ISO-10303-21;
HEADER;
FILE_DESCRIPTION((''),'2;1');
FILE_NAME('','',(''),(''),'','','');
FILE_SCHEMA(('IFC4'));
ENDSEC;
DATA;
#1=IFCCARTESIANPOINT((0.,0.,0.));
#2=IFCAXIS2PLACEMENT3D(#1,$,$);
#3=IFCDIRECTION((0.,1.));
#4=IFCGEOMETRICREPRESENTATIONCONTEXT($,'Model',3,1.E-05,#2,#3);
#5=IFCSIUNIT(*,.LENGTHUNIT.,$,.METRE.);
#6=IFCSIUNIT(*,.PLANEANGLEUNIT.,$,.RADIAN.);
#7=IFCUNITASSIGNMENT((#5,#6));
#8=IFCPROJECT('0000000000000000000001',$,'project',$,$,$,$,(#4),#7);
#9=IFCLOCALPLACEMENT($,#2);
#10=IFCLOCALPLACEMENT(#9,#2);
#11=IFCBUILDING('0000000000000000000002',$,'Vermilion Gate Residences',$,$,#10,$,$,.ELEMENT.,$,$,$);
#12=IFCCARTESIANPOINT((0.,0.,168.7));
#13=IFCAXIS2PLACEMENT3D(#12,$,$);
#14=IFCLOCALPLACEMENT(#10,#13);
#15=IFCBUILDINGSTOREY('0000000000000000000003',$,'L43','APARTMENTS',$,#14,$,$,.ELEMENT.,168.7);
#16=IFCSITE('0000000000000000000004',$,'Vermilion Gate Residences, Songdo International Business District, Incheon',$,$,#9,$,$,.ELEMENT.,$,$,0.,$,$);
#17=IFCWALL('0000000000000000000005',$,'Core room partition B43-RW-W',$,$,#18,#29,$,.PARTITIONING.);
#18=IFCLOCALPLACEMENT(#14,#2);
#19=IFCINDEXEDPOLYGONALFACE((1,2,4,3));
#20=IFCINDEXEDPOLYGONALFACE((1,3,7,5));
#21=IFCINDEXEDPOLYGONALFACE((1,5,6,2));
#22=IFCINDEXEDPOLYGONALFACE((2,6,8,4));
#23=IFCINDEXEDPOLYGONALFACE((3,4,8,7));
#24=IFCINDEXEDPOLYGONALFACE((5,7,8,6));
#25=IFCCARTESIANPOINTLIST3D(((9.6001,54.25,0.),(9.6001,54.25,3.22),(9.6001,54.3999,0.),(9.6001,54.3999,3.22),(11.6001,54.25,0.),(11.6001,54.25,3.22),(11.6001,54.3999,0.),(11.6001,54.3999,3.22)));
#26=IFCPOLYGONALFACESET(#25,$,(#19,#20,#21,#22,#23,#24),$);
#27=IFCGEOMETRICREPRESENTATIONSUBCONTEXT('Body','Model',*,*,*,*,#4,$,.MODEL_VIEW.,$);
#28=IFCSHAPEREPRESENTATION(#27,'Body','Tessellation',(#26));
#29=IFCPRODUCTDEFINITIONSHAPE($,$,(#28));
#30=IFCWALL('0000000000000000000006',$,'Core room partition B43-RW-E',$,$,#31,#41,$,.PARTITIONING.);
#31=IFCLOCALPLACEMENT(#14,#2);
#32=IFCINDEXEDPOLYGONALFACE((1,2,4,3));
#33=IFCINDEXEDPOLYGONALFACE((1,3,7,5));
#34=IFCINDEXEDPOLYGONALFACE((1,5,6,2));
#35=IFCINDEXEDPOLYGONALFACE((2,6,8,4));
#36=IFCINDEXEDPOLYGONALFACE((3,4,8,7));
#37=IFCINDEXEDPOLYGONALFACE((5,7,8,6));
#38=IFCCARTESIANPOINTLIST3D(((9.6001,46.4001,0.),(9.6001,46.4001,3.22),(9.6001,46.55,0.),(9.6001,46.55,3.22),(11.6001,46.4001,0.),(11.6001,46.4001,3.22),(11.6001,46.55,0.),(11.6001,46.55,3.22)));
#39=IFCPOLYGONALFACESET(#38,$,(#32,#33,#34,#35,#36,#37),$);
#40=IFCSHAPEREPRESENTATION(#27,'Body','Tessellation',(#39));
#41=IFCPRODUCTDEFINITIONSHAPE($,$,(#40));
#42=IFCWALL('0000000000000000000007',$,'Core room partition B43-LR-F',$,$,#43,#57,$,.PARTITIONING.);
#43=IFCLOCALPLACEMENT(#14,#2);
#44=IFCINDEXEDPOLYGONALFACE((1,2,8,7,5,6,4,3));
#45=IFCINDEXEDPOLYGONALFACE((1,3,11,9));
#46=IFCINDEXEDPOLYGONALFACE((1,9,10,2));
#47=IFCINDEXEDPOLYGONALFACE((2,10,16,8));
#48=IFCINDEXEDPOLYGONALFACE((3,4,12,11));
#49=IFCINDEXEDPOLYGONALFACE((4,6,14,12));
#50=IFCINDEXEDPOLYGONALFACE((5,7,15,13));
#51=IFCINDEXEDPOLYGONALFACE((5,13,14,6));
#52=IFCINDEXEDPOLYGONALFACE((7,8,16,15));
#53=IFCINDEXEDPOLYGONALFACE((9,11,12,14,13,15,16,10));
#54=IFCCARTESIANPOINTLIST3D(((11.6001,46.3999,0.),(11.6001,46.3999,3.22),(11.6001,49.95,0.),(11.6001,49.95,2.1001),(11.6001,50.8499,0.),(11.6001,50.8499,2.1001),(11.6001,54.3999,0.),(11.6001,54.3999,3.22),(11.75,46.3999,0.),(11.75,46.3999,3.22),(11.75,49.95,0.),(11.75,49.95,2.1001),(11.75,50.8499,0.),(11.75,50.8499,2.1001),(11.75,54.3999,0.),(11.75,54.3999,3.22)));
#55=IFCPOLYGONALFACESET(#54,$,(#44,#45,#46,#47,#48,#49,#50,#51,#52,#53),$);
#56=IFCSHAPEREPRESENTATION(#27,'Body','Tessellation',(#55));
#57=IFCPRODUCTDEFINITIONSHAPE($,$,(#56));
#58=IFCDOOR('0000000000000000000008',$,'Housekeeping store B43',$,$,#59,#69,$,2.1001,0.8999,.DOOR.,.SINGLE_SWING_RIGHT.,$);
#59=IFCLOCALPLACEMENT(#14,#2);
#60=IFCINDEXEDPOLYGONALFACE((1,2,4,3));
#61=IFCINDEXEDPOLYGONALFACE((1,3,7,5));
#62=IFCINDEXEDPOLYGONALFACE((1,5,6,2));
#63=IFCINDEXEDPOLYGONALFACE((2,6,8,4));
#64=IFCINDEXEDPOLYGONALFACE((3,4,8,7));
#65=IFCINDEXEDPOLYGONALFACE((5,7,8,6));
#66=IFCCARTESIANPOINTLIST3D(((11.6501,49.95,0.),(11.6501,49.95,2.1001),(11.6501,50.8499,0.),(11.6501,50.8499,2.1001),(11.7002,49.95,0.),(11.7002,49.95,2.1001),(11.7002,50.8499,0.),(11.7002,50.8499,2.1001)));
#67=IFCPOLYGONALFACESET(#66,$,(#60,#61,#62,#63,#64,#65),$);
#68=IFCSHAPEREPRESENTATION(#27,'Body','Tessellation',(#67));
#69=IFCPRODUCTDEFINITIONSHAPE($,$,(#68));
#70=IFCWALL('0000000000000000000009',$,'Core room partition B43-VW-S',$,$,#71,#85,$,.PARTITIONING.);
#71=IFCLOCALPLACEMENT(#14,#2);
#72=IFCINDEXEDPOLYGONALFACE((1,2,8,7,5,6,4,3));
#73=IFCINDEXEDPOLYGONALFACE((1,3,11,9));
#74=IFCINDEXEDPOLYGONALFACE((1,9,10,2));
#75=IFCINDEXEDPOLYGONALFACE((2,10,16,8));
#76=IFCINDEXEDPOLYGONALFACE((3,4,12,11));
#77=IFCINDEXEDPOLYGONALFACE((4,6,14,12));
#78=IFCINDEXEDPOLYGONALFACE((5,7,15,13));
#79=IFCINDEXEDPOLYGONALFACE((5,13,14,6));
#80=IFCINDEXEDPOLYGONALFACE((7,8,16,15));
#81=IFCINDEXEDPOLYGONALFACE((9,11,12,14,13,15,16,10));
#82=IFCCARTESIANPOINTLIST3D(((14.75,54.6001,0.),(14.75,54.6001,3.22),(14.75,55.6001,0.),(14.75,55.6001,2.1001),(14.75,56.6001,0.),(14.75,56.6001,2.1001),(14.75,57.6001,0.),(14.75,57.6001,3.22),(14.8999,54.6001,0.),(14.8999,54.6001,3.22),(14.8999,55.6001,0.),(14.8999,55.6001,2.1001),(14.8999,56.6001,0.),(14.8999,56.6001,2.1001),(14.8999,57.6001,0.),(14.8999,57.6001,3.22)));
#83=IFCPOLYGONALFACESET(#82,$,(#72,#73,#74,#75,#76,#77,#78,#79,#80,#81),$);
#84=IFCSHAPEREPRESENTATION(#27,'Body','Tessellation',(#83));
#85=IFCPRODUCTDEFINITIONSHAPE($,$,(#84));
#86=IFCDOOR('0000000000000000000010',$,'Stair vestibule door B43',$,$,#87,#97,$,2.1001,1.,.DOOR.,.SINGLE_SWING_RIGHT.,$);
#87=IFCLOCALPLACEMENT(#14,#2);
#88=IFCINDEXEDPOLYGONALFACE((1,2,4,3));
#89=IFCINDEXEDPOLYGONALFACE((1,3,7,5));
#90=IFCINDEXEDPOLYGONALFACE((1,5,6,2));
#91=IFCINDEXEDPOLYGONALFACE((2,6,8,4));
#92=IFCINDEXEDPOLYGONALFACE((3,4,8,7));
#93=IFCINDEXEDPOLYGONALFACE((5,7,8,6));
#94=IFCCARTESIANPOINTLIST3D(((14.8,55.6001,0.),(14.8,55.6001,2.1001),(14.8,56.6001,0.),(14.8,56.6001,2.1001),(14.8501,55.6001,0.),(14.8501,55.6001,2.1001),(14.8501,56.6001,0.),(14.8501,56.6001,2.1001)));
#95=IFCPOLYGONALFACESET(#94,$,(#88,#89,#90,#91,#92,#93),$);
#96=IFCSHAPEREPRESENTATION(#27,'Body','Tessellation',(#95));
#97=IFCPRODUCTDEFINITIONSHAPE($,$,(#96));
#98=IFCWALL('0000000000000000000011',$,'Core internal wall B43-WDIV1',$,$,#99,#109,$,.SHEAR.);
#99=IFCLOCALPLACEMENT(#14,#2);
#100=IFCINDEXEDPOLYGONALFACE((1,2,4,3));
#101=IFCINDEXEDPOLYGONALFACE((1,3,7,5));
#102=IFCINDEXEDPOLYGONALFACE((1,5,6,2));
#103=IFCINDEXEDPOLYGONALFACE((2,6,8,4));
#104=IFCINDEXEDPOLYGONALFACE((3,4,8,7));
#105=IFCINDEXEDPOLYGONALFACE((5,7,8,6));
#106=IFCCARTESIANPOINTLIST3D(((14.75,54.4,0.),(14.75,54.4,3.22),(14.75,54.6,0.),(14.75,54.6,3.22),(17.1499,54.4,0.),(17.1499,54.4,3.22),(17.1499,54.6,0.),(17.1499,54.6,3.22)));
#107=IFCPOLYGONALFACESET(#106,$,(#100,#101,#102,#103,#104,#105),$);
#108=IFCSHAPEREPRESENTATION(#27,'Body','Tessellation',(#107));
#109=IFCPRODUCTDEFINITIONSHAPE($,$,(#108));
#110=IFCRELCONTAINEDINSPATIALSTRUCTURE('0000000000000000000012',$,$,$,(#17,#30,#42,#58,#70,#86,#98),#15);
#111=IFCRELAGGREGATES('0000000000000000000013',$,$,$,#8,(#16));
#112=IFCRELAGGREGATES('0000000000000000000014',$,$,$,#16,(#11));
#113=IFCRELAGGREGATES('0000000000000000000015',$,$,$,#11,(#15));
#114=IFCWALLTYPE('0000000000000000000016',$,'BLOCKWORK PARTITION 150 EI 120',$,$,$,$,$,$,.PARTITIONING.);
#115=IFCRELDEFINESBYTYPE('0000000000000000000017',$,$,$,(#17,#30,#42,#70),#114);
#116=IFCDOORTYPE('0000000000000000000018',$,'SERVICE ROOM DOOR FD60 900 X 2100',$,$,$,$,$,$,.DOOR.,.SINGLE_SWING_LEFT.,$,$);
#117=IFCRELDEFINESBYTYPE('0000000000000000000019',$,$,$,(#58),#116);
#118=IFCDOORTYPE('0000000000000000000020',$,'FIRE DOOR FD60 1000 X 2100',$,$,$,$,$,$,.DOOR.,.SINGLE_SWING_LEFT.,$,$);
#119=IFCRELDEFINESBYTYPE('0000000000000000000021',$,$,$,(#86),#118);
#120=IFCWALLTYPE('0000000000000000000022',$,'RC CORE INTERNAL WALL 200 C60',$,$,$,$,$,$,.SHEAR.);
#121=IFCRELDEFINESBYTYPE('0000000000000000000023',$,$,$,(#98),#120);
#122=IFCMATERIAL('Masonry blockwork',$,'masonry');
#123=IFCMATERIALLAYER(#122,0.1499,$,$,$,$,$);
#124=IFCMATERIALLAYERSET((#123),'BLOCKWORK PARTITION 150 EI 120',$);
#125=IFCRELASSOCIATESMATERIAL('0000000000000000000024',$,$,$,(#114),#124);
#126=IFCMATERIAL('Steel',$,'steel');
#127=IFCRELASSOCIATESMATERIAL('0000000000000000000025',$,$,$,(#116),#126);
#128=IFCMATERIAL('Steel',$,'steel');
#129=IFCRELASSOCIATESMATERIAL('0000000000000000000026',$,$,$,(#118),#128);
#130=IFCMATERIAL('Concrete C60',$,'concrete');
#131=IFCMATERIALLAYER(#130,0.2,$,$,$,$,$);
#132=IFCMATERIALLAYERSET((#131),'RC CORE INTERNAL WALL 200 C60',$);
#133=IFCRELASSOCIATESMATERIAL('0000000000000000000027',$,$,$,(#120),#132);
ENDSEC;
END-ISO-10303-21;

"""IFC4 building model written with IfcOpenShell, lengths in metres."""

from ifc_helpers import new_model, si_unit, direction, frame, frame_2d, origin, place, context, subcontext, project, spatial, rectangle, extrude, material, layer, layer_set, type_object, element, fill, save


model = new_model("IFC4")

# Units and contexts
model_context = context("Model", 3, precision=1e-05, world=origin(), true_north=direction((0.0, 1.0)))
body_context = subcontext(model_context, "Body", "Model", "MODEL_VIEW")
ifc_project = project(units=[si_unit("LENGTHUNIT", "METRE"), si_unit("PLANEANGLEUNIT", "RADIAN")], contexts=[model_context])

# Site, building, storey
site_placement = place(None, origin())
site = spatial("IfcSite", under=ifc_project, at=site_placement, Name="Vermilion Gate Residences, Songdo International Business District, Incheon", CompositionType="ELEMENT", RefElevation=0.0)
building_placement = place(site_placement, origin())
building = spatial("IfcBuilding", under=site, at=building_placement, Name="Vermilion Gate Residences", CompositionType="ELEMENT")
storey_placement = place(building_placement, frame((0.0, 0.0, 168.7)))
storey = spatial("IfcBuildingStorey", under=building, at=storey_placement, Name="L43", Description="APARTMENTS", CompositionType="ELEMENT", Elevation=168.7)

# Walls
ifc_material_1 = material(Name="Masonry blockwork", Category="masonry")
ifc_layer_1 = layer(ifc_material_1, 0.1499)
ifc_layer_set_1 = layer_set([ifc_layer_1], Name="BLOCKWORK PARTITION 150 EI 120")
wall_type_1 = type_object("IfcWallType", Name="BLOCKWORK PARTITION 150 EI 120", PredefinedType="PARTITIONING", material=ifc_layer_set_1)
for number, where, z_axis, x_axis, name in (
    (1, (9.6001, 54.325, 0.0), (0.0, 0.0, 1.0), (1.0, 0.0, 0.0), "Core room partition B43-RW-W"),
    (2, (9.6001, 46.4751, 0.0), (0.0, 0.0, 1.0), (1.0, 0.0, 0.0), "Core room partition B43-RW-E"),
):
    element("IfcWall", number, at=place(storey_placement, frame(where, z_axis=z_axis, x_axis=x_axis)), inside=storey, type_object=wall_type_1, Name=name, PredefinedType="PARTITIONING", context=body_context, shape_type="SweptSolid", body=[
        extrude(rectangle(XDim=2.0, YDim=0.1499, at=frame_2d((1.0, 0.0))), origin(), (0.0, 0.0, 1.0), 3.22),
    ])

# Walls, openings, doors
wall_1_placement = place(storey_placement, frame((11.675, 54.3999, 0.0), z_axis=(0.0, 0.0, 1.0), x_axis=(0.0, -1.0, 0.0)))
wall_1 = element("IfcWall", 3, at=wall_1_placement, inside=storey, type_object=wall_type_1, Name="Core room partition B43-LR-F", PredefinedType="PARTITIONING", context=body_context, shape_type="SweptSolid", body=[
    extrude(rectangle(XDim=8.0, YDim=0.1499, at=frame_2d((4.0, 0.0))), origin(), (0.0, 0.0, 1.0), 3.22),
])
opening_1_placement = place(wall_1_placement, frame((3.55, 0.0, 0.0)))
opening_1 = element("IfcOpeningElement", 4, at=opening_1_placement, cuts=wall_1, PredefinedType="OPENING", context=body_context, shape_type="SweptSolid", body=[
    extrude(rectangle(XDim=0.8999, YDim=2.1001, at=frame_2d((0.45, 1.05))), frame((0.0, 0.085, 0.0), z_axis=(0.0, -1.0, 0.0), x_axis=(1.0, 0.0, 0.0)), (0.0, 0.0, 1.0), 0.1699),
])
ifc_material_2 = material(Name="Steel", Category="steel")
door_type_1 = type_object("IfcDoorType", Name="SERVICE ROOM DOOR FD60 900 X 2100", OperationType="SINGLE_SWING_LEFT", PredefinedType="DOOR", material=ifc_material_2)
door_1_placement = place(opening_1_placement, frame((0.8999, 0.0, 0.0), z_axis=(0.0, 0.0, 1.0), x_axis=(-1.0, 0.0, 0.0)))
door_1 = element("IfcDoor", 5, at=door_1_placement, inside=storey, type_object=door_type_1, Name="Housekeeping store B43", OperationType="SINGLE_SWING_RIGHT", OverallHeight=2.1001, OverallWidth=0.8999, PredefinedType="DOOR", context=body_context, shape_type="SweptSolid", body=[
    extrude(rectangle(XDim=0.8999, YDim=2.1001, at=frame_2d((0.45, 1.05))), frame((0.0, 0.0249, 0.0), z_axis=(0.0, -1.0, 0.0), x_axis=(1.0, 0.0, 0.0)), (0.0, 0.0, 1.0), 0.05),
])
fill(opening_1, door_1)
wall_2_placement = place(storey_placement, frame((14.825, 57.6001, 0.0), z_axis=(0.0, 0.0, 1.0), x_axis=(0.0, -1.0, 0.0)))
wall_2 = element("IfcWall", 6, at=wall_2_placement, inside=storey, type_object=wall_type_1, Name="Core room partition B43-VW-S", PredefinedType="PARTITIONING", context=body_context, shape_type="SweptSolid", body=[
    extrude(rectangle(XDim=3.0, YDim=0.1499, at=frame_2d((1.5, 0.0))), origin(), (0.0, 0.0, 1.0), 3.22),
])
opening_2_placement = place(wall_2_placement, frame((1.0, 0.0, 0.0)))
opening_2 = element("IfcOpeningElement", 7, at=opening_2_placement, cuts=wall_2, PredefinedType="OPENING", context=body_context, shape_type="SweptSolid", body=[
    extrude(rectangle(XDim=1.0, YDim=2.1001, at=frame_2d((0.5, 1.05))), frame((0.0, 0.085, 0.0), z_axis=(0.0, -1.0, 0.0), x_axis=(1.0, 0.0, 0.0)), (0.0, 0.0, 1.0), 0.1699),
])
ifc_material_3 = material(Name="Steel", Category="steel")
door_type_2 = type_object("IfcDoorType", Name="FIRE DOOR FD60 1000 X 2100", OperationType="SINGLE_SWING_LEFT", PredefinedType="DOOR", material=ifc_material_3)
door_2_placement = place(opening_2_placement, frame((1.0, 0.0, 0.0), z_axis=(0.0, 0.0, 1.0), x_axis=(-1.0, 0.0, 0.0)))
door_2 = element("IfcDoor", 8, at=door_2_placement, inside=storey, type_object=door_type_2, Name="Stair vestibule door B43", OperationType="SINGLE_SWING_RIGHT", OverallHeight=2.1001, OverallWidth=1.0, PredefinedType="DOOR", context=body_context, shape_type="SweptSolid", body=[
    extrude(rectangle(XDim=1.0, YDim=2.1001, at=frame_2d((0.5, 1.05))), frame((0.0, 0.0249, 0.0), z_axis=(0.0, -1.0, 0.0), x_axis=(1.0, 0.0, 0.0)), (0.0, 0.0, 1.0), 0.05),
])
fill(opening_2, door_2)

# Wall
ifc_material_4 = material(Name="Concrete C60", Category="concrete")
ifc_layer_2 = layer(ifc_material_4, 0.2)
ifc_layer_set_2 = layer_set([ifc_layer_2], Name="RC CORE INTERNAL WALL 200 C60")
wall_type_2 = type_object("IfcWallType", Name="RC CORE INTERNAL WALL 200 C60", PredefinedType="SHEAR", material=ifc_layer_set_2)
wall_3_placement = place(storey_placement, frame((14.75, 54.5, 0.0), z_axis=(0.0, 0.0, 1.0), x_axis=(1.0, 0.0, 0.0)))
element("IfcWall", 9, at=wall_3_placement, inside=storey, type_object=wall_type_2, Name="Core internal wall B43-WDIV1", PredefinedType="SHEAR", context=body_context, shape_type="SweptSolid", body=[
    extrude(rectangle(XDim=2.3999, YDim=0.2, at=frame_2d((1.2, 0.0))), origin(), (0.0, 0.0, 1.0), 3.22),
])

save(model, "model.ifc")
